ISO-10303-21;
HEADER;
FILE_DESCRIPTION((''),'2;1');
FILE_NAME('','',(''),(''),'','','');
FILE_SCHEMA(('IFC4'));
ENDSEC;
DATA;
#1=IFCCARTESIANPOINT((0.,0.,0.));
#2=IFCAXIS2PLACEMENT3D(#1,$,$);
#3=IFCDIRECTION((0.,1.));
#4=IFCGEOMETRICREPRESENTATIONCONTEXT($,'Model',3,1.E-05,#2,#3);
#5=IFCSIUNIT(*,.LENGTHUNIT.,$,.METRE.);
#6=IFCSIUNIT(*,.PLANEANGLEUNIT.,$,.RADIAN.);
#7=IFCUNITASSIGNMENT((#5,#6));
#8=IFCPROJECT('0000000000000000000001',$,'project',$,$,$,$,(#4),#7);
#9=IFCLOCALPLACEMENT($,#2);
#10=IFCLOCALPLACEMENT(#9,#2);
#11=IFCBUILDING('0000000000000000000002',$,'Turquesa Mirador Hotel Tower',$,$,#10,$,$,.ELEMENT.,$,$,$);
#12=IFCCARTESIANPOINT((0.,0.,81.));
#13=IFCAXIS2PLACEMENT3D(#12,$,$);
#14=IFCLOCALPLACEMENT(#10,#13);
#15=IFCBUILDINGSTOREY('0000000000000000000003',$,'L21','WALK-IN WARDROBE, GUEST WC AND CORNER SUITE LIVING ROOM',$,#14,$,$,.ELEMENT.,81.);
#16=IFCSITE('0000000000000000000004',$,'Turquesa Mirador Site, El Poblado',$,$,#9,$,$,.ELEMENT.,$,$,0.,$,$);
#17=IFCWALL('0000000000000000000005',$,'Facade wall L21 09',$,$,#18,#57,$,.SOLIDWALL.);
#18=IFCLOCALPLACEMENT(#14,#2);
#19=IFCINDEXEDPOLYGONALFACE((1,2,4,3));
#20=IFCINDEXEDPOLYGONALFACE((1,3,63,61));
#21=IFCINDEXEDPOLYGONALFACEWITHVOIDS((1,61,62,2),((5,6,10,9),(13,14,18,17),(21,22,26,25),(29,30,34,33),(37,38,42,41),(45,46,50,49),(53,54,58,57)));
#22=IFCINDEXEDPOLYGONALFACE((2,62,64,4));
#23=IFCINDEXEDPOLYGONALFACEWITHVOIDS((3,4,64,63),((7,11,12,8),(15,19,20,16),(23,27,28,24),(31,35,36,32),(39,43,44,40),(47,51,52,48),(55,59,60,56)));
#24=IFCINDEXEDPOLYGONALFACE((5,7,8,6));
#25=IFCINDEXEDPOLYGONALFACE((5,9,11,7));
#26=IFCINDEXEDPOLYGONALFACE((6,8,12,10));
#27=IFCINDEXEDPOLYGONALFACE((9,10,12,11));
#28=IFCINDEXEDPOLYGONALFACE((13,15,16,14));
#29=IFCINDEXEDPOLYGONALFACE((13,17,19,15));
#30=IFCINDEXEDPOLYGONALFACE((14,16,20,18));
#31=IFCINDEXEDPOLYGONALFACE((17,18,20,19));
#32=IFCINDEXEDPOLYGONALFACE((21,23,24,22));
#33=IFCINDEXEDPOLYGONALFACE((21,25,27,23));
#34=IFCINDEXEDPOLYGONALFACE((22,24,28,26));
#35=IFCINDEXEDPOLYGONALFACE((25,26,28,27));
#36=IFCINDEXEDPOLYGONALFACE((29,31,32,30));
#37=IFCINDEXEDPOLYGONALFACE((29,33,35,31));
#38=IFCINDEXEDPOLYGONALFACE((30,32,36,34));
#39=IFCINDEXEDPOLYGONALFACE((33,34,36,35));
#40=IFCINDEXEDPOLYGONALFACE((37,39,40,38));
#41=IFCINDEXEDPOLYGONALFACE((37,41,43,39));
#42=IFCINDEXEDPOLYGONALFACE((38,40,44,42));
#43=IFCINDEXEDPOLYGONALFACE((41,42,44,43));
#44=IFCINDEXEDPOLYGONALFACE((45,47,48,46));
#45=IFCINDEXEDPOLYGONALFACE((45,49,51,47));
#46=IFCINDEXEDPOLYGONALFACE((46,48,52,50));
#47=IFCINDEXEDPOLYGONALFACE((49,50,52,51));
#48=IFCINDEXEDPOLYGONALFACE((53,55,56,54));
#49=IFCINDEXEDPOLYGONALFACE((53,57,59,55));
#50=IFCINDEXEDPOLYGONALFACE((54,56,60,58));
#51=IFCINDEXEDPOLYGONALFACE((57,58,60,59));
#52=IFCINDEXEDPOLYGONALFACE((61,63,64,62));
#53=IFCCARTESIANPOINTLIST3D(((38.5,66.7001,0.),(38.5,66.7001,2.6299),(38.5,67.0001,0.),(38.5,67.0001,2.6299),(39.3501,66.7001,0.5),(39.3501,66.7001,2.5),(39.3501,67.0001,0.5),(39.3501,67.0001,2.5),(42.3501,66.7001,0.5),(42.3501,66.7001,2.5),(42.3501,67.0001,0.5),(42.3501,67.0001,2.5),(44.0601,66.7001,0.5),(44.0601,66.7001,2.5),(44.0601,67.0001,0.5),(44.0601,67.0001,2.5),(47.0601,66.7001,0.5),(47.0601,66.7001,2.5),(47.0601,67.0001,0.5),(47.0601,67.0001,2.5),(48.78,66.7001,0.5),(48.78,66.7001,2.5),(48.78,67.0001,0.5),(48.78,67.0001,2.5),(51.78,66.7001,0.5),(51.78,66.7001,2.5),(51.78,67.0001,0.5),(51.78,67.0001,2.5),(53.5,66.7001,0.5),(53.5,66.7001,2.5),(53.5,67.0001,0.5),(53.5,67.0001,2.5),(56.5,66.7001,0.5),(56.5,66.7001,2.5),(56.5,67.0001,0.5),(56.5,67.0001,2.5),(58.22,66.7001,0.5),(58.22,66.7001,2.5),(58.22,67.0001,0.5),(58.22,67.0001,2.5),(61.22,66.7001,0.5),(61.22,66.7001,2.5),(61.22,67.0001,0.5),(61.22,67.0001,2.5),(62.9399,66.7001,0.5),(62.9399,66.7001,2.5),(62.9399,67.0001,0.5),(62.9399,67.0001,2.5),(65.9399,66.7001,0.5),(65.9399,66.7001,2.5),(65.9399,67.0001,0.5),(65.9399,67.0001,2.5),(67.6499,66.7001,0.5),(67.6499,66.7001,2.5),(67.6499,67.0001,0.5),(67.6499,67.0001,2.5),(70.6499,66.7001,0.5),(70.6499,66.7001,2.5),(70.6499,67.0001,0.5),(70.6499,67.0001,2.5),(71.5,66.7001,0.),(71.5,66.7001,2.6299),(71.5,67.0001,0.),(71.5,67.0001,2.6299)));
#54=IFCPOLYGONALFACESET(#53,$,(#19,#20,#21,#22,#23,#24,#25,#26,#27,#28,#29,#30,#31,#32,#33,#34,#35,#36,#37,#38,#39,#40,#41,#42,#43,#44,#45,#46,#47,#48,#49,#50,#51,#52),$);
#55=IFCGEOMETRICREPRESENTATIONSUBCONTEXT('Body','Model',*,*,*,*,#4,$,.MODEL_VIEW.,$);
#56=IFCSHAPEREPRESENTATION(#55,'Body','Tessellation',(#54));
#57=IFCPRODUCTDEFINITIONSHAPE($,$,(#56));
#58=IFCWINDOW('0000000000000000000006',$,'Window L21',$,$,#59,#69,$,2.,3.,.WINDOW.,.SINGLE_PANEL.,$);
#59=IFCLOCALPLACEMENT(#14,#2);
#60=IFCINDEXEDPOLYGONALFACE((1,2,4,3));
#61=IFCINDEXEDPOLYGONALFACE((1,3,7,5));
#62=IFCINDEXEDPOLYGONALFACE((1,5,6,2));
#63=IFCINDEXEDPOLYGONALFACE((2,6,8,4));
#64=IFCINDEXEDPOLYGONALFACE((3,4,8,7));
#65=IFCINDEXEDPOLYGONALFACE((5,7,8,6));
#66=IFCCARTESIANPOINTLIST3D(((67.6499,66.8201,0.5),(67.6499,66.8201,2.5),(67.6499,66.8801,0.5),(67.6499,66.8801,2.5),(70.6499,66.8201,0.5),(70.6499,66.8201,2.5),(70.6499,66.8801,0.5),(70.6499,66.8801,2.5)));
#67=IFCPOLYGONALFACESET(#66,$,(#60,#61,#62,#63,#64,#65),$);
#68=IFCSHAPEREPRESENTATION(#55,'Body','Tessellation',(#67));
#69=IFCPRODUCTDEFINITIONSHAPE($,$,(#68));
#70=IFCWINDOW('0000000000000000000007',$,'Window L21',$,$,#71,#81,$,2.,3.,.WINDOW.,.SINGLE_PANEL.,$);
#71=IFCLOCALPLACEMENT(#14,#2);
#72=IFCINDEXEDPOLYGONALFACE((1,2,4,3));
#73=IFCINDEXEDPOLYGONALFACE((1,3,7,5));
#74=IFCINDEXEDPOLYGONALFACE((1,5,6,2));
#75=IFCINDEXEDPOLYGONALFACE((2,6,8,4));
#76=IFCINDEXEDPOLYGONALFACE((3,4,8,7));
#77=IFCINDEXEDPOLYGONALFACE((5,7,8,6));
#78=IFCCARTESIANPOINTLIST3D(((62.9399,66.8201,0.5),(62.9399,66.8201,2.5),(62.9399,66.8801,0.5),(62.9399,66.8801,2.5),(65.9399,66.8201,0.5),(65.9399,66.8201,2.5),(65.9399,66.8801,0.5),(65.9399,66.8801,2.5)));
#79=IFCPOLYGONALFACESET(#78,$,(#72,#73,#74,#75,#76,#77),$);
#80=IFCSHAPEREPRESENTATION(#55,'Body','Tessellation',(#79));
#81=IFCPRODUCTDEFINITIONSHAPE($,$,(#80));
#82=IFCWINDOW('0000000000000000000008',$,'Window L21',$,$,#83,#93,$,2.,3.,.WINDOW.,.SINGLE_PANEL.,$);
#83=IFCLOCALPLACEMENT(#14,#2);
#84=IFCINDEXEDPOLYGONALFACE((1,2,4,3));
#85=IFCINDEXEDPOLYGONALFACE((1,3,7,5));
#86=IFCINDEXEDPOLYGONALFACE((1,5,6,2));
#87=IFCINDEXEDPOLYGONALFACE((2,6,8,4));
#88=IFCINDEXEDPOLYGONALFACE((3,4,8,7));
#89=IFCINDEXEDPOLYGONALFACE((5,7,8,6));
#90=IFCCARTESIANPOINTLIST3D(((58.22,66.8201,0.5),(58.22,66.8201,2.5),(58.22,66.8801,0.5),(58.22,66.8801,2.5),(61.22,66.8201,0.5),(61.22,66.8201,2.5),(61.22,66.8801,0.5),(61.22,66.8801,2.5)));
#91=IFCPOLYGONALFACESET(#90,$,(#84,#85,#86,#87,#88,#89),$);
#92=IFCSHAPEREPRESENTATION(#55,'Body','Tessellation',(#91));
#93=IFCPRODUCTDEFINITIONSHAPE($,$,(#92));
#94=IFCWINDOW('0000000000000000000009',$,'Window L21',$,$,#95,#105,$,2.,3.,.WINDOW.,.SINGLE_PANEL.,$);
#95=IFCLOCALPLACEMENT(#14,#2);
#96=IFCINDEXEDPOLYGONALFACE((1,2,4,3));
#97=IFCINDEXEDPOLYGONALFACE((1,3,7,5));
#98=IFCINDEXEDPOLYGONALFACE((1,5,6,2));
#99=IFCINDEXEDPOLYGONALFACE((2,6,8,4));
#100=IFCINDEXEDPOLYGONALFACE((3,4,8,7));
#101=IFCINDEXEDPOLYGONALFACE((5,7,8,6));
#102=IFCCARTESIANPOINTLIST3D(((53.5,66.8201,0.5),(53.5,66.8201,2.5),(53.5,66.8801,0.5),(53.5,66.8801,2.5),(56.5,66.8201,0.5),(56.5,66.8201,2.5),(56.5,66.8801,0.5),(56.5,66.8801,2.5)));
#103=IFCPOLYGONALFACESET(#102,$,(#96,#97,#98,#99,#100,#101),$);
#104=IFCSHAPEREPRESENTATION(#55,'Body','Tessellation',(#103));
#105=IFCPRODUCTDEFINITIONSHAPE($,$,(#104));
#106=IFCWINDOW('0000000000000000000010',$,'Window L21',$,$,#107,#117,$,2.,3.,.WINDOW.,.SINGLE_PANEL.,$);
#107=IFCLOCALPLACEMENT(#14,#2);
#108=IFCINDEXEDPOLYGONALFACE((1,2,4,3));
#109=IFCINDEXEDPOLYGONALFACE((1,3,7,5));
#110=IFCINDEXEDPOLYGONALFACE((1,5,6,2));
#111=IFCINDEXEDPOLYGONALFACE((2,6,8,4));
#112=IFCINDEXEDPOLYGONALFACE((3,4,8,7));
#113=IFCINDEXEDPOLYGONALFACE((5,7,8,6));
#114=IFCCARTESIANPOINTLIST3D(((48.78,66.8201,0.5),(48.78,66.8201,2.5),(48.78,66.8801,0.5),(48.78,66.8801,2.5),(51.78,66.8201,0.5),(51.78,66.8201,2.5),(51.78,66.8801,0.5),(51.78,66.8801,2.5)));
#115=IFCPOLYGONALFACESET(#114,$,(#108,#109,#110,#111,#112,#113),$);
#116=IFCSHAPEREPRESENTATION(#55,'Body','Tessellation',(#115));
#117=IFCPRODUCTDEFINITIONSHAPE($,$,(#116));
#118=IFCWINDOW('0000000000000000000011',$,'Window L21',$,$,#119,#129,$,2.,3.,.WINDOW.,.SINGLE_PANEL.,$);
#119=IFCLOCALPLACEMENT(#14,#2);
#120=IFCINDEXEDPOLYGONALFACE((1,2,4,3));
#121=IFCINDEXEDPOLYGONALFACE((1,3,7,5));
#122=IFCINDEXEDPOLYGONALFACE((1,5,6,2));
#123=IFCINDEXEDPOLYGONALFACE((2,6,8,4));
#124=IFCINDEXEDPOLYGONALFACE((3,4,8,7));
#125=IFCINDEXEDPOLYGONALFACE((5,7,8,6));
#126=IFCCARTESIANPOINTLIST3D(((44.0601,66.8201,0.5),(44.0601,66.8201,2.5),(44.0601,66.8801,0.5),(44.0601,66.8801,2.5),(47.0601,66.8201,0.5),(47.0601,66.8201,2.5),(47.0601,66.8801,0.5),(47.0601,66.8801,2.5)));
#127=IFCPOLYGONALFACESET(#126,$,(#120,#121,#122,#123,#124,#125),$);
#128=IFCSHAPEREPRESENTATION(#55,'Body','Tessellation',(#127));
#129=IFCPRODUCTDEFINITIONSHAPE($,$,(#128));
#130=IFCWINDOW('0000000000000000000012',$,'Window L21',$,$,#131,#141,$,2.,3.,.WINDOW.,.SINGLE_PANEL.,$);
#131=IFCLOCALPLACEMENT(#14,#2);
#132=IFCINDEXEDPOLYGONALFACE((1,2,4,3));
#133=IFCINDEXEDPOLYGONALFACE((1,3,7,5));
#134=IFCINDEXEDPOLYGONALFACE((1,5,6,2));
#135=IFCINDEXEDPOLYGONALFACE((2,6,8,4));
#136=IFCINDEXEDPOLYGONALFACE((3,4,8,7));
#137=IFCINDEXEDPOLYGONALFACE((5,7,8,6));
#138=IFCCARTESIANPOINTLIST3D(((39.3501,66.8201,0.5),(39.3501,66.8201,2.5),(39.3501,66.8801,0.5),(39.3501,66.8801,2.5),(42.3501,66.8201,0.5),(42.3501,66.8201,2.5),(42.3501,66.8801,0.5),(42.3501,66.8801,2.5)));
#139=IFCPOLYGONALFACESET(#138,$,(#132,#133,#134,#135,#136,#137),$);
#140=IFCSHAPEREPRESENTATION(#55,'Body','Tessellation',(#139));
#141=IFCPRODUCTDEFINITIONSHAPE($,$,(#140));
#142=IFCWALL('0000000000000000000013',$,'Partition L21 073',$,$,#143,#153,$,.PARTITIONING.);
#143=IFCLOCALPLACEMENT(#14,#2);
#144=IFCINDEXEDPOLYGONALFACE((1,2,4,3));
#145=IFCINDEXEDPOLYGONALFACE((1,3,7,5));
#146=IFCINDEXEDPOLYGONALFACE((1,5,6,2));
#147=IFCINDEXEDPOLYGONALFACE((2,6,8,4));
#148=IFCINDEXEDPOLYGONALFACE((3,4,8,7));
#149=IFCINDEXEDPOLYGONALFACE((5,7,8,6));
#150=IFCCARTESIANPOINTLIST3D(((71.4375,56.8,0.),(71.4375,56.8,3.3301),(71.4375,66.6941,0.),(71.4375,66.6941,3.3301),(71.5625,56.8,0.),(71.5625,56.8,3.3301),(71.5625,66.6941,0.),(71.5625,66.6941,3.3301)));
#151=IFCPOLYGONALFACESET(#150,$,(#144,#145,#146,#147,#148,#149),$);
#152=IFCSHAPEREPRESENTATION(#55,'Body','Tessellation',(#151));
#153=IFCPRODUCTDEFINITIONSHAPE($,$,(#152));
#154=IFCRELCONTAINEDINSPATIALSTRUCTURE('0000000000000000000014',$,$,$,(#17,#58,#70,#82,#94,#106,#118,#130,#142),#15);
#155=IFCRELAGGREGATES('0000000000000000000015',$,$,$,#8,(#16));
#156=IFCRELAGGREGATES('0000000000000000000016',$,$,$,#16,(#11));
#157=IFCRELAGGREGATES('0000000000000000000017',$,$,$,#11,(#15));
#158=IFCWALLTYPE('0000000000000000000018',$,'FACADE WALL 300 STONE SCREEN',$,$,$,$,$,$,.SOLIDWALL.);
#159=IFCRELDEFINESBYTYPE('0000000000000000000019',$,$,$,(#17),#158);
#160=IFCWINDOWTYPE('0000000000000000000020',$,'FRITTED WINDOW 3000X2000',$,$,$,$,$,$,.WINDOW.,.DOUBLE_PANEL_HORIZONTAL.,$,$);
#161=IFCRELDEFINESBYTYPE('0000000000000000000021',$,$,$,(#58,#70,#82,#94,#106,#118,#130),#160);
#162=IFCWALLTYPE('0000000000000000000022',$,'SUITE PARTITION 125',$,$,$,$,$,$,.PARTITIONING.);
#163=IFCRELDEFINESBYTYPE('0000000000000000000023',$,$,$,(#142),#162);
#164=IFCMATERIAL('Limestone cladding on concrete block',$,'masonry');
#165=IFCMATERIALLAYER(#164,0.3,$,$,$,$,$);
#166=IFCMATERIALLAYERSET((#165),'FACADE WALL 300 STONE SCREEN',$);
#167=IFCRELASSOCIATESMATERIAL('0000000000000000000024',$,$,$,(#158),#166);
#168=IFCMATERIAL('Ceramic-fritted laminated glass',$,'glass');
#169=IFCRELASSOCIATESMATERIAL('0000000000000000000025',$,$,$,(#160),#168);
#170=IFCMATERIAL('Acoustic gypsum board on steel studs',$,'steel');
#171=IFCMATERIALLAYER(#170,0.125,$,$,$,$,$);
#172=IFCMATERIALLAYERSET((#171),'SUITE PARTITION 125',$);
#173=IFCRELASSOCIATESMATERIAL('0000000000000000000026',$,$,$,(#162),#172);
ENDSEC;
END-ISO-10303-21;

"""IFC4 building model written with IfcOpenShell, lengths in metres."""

from ifc_helpers import new_model, si_unit, direction, frame, frame_2d, origin, place, context, subcontext, project, spatial, rectangle, extrude, material, layer, layer_set, type_object, element, fill, save


model = new_model("IFC4")

# Units and contexts
model_context = context("Model", 3, precision=1e-05, world=origin(), true_north=direction((0.0, 1.0)))
body_context = subcontext(model_context, "Body", "Model", "MODEL_VIEW")
ifc_project = project(units=[si_unit("LENGTHUNIT", "METRE"), si_unit("PLANEANGLEUNIT", "RADIAN")], contexts=[model_context])

# Site, building, storey
site_placement = place(None, origin())
site = spatial("IfcSite", under=ifc_project, at=site_placement, Name="Turquesa Mirador Site, El Poblado", CompositionType="ELEMENT", RefElevation=0.0)
building_placement = place(site_placement, origin())
building = spatial("IfcBuilding", under=site, at=building_placement, Name="Turquesa Mirador Hotel Tower", CompositionType="ELEMENT")
storey_placement = place(building_placement, frame((0.0, 0.0, 81.0)))
storey = spatial("IfcBuildingStorey", under=building, at=storey_placement, Name="L21", Description="WALK-IN WARDROBE, GUEST WC AND CORNER SUITE LIVING ROOM", CompositionType="ELEMENT", Elevation=81.0)

# Shared definitions
ifc_material_1 = material(Name="Limestone cladding on concrete block", Category="masonry")
ifc_layer_1 = layer(ifc_material_1, 0.3)
ifc_layer_set_1 = layer_set([ifc_layer_1], Name="FACADE WALL 300 STONE SCREEN")
wall_type_1 = type_object("IfcWallType", Name="FACADE WALL 300 STONE SCREEN", PredefinedType="SOLIDWALL", material=ifc_layer_set_1)

# Wall, openings, windows
wall_1_placement = place(storey_placement, frame((71.5, 66.8501, 0.0), z_axis=(0.0, 0.0, 1.0), x_axis=(-1.0, 0.0, 0.0)))
wall_1 = element("IfcWall", 1, at=wall_1_placement, inside=storey, type_object=wall_type_1, Name="Facade wall L21 09", PredefinedType="SOLIDWALL", context=body_context, shape_type="SweptSolid", body=[
    extrude(rectangle(XDim=33.0, YDim=0.3, at=frame_2d((16.5, 0.0))), origin(), (0.0, 0.0, 1.0), 2.6299),
])
opening_1_placement = place(wall_1_placement, frame((0.8501, 0.0, 0.5)))
opening_1 = element("IfcOpeningElement", 2, at=opening_1_placement, cuts=wall_1, PredefinedType="OPENING", context=body_context, shape_type="SweptSolid", body=[
    extrude(rectangle(XDim=3.0, YDim=2.0, at=frame_2d((1.5, 1.0))), frame((0.0, 0.1599, 0.0), z_axis=(0.0, -1.0, 0.0), x_axis=(1.0, 0.0, 0.0)), (0.0, 0.0, 1.0), 0.3201),
])
opening_2_placement = place(wall_1_placement, frame((5.5601, 0.0, 0.5)))
opening_2 = element("IfcOpeningElement", 3, at=opening_2_placement, cuts=wall_1, PredefinedType="OPENING", context=body_context, shape_type="SweptSolid", body=[
    extrude(rectangle(XDim=3.0, YDim=2.0, at=frame_2d((1.5, 1.0))), frame((0.0, 0.1599, 0.0), z_axis=(0.0, -1.0, 0.0), x_axis=(1.0, 0.0, 0.0)), (0.0, 0.0, 1.0), 0.3201),
])
opening_3_placement = place(wall_1_placement, frame((10.28, 0.0, 0.5)))
opening_3 = element("IfcOpeningElement", 4, at=opening_3_placement, cuts=wall_1, PredefinedType="OPENING", context=body_context, shape_type="SweptSolid", body=[
    extrude(rectangle(XDim=3.0, YDim=2.0, at=frame_2d((1.5, 1.0))), frame((0.0, 0.1599, 0.0), z_axis=(0.0, -1.0, 0.0), x_axis=(1.0, 0.0, 0.0)), (0.0, 0.0, 1.0), 0.3201),
])
opening_4_placement = place(wall_1_placement, frame((15.0, 0.0, 0.5)))
opening_4 = element("IfcOpeningElement", 5, at=opening_4_placement, cuts=wall_1, PredefinedType="OPENING", context=body_context, shape_type="SweptSolid", body=[
    extrude(rectangle(XDim=3.0, YDim=2.0, at=frame_2d((1.5, 1.0))), frame((0.0, 0.1599, 0.0), z_axis=(0.0, -1.0, 0.0), x_axis=(1.0, 0.0, 0.0)), (0.0, 0.0, 1.0), 0.3201),
])
opening_5_placement = place(wall_1_placement, frame((19.72, 0.0, 0.5)))
opening_5 = element("IfcOpeningElement", 6, at=opening_5_placement, cuts=wall_1, PredefinedType="OPENING", context=body_context, shape_type="SweptSolid", body=[
    extrude(rectangle(XDim=3.0, YDim=2.0, at=frame_2d((1.5, 1.0))), frame((0.0, 0.1599, 0.0), z_axis=(0.0, -1.0, 0.0), x_axis=(1.0, 0.0, 0.0)), (0.0, 0.0, 1.0), 0.3201),
])
opening_6_placement = place(wall_1_placement, frame((24.4399, 0.0, 0.5)))
opening_6 = element("IfcOpeningElement", 7, at=opening_6_placement, cuts=wall_1, PredefinedType="OPENING", context=body_context, shape_type="SweptSolid", body=[
    extrude(rectangle(XDim=3.0, YDim=2.0, at=frame_2d((1.5, 1.0))), frame((0.0, 0.1599, 0.0), z_axis=(0.0, -1.0, 0.0), x_axis=(1.0, 0.0, 0.0)), (0.0, 0.0, 1.0), 0.3201),
])
opening_7_placement = place(wall_1_placement, frame((29.1499, 0.0, 0.5)))
opening_7 = element("IfcOpeningElement", 8, at=opening_7_placement, cuts=wall_1, PredefinedType="OPENING", context=body_context, shape_type="SweptSolid", body=[
    extrude(rectangle(XDim=3.0, YDim=2.0, at=frame_2d((1.5, 1.0))), frame((0.0, 0.1599, 0.0), z_axis=(0.0, -1.0, 0.0), x_axis=(1.0, 0.0, 0.0)), (0.0, 0.0, 1.0), 0.3201),
])
ifc_material_2 = material(Name="Ceramic-fritted laminated glass", Category="glass")
window_type_1 = type_object("IfcWindowType", Name="FRITTED WINDOW 3000X2000", PartitioningType="DOUBLE_PANEL_HORIZONTAL", PredefinedType="WINDOW", material=ifc_material_2)
window_1_placement = place(opening_1_placement, origin())
window_1 = element("IfcWindow", 9, at=window_1_placement, inside=storey, type_object=window_type_1, Name="Window L21", OverallHeight=2.0, OverallWidth=3.0, PartitioningType="SINGLE_PANEL", PredefinedType="WINDOW", context=body_context, shape_type="SweptSolid", body=[
    extrude(rectangle(XDim=3.0, YDim=2.0, at=frame_2d((1.5, 1.0))), frame((0.0, 0.03, 0.0), z_axis=(0.0, -1.0, 0.0), x_axis=(1.0, 0.0, 0.0)), (0.0, 0.0, 1.0), 0.0601),
])
fill(opening_1, window_1)
window_2_placement = place(opening_2_placement, origin())
window_2 = element("IfcWindow", 10, at=window_2_placement, inside=storey, type_object=window_type_1, Name="Window L21", OverallHeight=2.0, OverallWidth=3.0, PartitioningType="SINGLE_PANEL", PredefinedType="WINDOW", context=body_context, shape_type="SweptSolid", body=[
    extrude(rectangle(XDim=3.0, YDim=2.0, at=frame_2d((1.5, 1.0))), frame((0.0, 0.03, 0.0), z_axis=(0.0, -1.0, 0.0), x_axis=(1.0, 0.0, 0.0)), (0.0, 0.0, 1.0), 0.0601),
])
fill(opening_2, window_2)
window_3_placement = place(opening_3_placement, origin())
window_3 = element("IfcWindow", 11, at=window_3_placement, inside=storey, type_object=window_type_1, Name="Window L21", OverallHeight=2.0, OverallWidth=3.0, PartitioningType="SINGLE_PANEL", PredefinedType="WINDOW", context=body_context, shape_type="SweptSolid", body=[
    extrude(rectangle(XDim=3.0, YDim=2.0, at=frame_2d((1.5, 1.0))), frame((0.0, 0.03, 0.0), z_axis=(0.0, -1.0, 0.0), x_axis=(1.0, 0.0, 0.0)), (0.0, 0.0, 1.0), 0.0601),
])
fill(opening_3, window_3)
window_4_placement = place(opening_4_placement, origin())
window_4 = element("IfcWindow", 12, at=window_4_placement, inside=storey, type_object=window_type_1, Name="Window L21", OverallHeight=2.0, OverallWidth=3.0, PartitioningType="SINGLE_PANEL", PredefinedType="WINDOW", context=body_context, shape_type="SweptSolid", body=[
    extrude(rectangle(XDim=3.0, YDim=2.0, at=frame_2d((1.5, 1.0))), frame((0.0, 0.03, 0.0), z_axis=(0.0, -1.0, 0.0), x_axis=(1.0, 0.0, 0.0)), (0.0, 0.0, 1.0), 0.0601),
])
fill(opening_4, window_4)
window_5_placement = place(opening_5_placement, origin())
window_5 = element("IfcWindow", 13, at=window_5_placement, inside=storey, type_object=window_type_1, Name="Window L21", OverallHeight=2.0, OverallWidth=3.0, PartitioningType="SINGLE_PANEL", PredefinedType="WINDOW", context=body_context, shape_type="SweptSolid", body=[
    extrude(rectangle(XDim=3.0, YDim=2.0, at=frame_2d((1.5, 1.0))), frame((0.0, 0.03, 0.0), z_axis=(0.0, -1.0, 0.0), x_axis=(1.0, 0.0, 0.0)), (0.0, 0.0, 1.0), 0.0601),
])
fill(opening_5, window_5)
window_6_placement = place(opening_6_placement, origin())
window_6 = element("IfcWindow", 14, at=window_6_placement, inside=storey, type_object=window_type_1, Name="Window L21", OverallHeight=2.0, OverallWidth=3.0, PartitioningType="SINGLE_PANEL", PredefinedType="WINDOW", context=body_context, shape_type="SweptSolid", body=[
    extrude(rectangle(XDim=3.0, YDim=2.0, at=frame_2d((1.5, 1.0))), frame((0.0, 0.03, 0.0), z_axis=(0.0, -1.0, 0.0), x_axis=(1.0, 0.0, 0.0)), (0.0, 0.0, 1.0), 0.0601),
])
fill(opening_6, window_6)
window_7_placement = place(opening_7_placement, origin())
window_7 = element("IfcWindow", 15, at=window_7_placement, inside=storey, type_object=window_type_1, Name="Window L21", OverallHeight=2.0, OverallWidth=3.0, PartitioningType="SINGLE_PANEL", PredefinedType="WINDOW", context=body_context, shape_type="SweptSolid", body=[
    extrude(rectangle(XDim=3.0, YDim=2.0, at=frame_2d((1.5, 1.0))), frame((0.0, 0.03, 0.0), z_axis=(0.0, -1.0, 0.0), x_axis=(1.0, 0.0, 0.0)), (0.0, 0.0, 1.0), 0.0601),
])
fill(opening_7, window_7)

# Wall
ifc_material_3 = material(Name="Acoustic gypsum board on steel studs", Category="steel")
ifc_layer_2 = layer(ifc_material_3, 0.125)
ifc_layer_set_2 = layer_set([ifc_layer_2], Name="SUITE PARTITION 125")
wall_type_2 = type_object("IfcWallType", Name="SUITE PARTITION 125", PredefinedType="PARTITIONING", material=ifc_layer_set_2)
wall_2_placement = place(storey_placement, frame((71.5, 56.8, 0.0), z_axis=(0.0, 0.0, 1.0), x_axis=(0.0, 1.0, 0.0)))
element("IfcWall", 16, at=wall_2_placement, inside=storey, type_object=wall_type_2, Name="Partition L21 073", PredefinedType="PARTITIONING", context=body_context, shape_type="SweptSolid", body=[
    extrude(rectangle(XDim=9.894, YDim=0.125, at=frame_2d((4.947, 0.0))), origin(), (0.0, 0.0, 1.0), 3.3301),
])

save(model, "model.ifc")
